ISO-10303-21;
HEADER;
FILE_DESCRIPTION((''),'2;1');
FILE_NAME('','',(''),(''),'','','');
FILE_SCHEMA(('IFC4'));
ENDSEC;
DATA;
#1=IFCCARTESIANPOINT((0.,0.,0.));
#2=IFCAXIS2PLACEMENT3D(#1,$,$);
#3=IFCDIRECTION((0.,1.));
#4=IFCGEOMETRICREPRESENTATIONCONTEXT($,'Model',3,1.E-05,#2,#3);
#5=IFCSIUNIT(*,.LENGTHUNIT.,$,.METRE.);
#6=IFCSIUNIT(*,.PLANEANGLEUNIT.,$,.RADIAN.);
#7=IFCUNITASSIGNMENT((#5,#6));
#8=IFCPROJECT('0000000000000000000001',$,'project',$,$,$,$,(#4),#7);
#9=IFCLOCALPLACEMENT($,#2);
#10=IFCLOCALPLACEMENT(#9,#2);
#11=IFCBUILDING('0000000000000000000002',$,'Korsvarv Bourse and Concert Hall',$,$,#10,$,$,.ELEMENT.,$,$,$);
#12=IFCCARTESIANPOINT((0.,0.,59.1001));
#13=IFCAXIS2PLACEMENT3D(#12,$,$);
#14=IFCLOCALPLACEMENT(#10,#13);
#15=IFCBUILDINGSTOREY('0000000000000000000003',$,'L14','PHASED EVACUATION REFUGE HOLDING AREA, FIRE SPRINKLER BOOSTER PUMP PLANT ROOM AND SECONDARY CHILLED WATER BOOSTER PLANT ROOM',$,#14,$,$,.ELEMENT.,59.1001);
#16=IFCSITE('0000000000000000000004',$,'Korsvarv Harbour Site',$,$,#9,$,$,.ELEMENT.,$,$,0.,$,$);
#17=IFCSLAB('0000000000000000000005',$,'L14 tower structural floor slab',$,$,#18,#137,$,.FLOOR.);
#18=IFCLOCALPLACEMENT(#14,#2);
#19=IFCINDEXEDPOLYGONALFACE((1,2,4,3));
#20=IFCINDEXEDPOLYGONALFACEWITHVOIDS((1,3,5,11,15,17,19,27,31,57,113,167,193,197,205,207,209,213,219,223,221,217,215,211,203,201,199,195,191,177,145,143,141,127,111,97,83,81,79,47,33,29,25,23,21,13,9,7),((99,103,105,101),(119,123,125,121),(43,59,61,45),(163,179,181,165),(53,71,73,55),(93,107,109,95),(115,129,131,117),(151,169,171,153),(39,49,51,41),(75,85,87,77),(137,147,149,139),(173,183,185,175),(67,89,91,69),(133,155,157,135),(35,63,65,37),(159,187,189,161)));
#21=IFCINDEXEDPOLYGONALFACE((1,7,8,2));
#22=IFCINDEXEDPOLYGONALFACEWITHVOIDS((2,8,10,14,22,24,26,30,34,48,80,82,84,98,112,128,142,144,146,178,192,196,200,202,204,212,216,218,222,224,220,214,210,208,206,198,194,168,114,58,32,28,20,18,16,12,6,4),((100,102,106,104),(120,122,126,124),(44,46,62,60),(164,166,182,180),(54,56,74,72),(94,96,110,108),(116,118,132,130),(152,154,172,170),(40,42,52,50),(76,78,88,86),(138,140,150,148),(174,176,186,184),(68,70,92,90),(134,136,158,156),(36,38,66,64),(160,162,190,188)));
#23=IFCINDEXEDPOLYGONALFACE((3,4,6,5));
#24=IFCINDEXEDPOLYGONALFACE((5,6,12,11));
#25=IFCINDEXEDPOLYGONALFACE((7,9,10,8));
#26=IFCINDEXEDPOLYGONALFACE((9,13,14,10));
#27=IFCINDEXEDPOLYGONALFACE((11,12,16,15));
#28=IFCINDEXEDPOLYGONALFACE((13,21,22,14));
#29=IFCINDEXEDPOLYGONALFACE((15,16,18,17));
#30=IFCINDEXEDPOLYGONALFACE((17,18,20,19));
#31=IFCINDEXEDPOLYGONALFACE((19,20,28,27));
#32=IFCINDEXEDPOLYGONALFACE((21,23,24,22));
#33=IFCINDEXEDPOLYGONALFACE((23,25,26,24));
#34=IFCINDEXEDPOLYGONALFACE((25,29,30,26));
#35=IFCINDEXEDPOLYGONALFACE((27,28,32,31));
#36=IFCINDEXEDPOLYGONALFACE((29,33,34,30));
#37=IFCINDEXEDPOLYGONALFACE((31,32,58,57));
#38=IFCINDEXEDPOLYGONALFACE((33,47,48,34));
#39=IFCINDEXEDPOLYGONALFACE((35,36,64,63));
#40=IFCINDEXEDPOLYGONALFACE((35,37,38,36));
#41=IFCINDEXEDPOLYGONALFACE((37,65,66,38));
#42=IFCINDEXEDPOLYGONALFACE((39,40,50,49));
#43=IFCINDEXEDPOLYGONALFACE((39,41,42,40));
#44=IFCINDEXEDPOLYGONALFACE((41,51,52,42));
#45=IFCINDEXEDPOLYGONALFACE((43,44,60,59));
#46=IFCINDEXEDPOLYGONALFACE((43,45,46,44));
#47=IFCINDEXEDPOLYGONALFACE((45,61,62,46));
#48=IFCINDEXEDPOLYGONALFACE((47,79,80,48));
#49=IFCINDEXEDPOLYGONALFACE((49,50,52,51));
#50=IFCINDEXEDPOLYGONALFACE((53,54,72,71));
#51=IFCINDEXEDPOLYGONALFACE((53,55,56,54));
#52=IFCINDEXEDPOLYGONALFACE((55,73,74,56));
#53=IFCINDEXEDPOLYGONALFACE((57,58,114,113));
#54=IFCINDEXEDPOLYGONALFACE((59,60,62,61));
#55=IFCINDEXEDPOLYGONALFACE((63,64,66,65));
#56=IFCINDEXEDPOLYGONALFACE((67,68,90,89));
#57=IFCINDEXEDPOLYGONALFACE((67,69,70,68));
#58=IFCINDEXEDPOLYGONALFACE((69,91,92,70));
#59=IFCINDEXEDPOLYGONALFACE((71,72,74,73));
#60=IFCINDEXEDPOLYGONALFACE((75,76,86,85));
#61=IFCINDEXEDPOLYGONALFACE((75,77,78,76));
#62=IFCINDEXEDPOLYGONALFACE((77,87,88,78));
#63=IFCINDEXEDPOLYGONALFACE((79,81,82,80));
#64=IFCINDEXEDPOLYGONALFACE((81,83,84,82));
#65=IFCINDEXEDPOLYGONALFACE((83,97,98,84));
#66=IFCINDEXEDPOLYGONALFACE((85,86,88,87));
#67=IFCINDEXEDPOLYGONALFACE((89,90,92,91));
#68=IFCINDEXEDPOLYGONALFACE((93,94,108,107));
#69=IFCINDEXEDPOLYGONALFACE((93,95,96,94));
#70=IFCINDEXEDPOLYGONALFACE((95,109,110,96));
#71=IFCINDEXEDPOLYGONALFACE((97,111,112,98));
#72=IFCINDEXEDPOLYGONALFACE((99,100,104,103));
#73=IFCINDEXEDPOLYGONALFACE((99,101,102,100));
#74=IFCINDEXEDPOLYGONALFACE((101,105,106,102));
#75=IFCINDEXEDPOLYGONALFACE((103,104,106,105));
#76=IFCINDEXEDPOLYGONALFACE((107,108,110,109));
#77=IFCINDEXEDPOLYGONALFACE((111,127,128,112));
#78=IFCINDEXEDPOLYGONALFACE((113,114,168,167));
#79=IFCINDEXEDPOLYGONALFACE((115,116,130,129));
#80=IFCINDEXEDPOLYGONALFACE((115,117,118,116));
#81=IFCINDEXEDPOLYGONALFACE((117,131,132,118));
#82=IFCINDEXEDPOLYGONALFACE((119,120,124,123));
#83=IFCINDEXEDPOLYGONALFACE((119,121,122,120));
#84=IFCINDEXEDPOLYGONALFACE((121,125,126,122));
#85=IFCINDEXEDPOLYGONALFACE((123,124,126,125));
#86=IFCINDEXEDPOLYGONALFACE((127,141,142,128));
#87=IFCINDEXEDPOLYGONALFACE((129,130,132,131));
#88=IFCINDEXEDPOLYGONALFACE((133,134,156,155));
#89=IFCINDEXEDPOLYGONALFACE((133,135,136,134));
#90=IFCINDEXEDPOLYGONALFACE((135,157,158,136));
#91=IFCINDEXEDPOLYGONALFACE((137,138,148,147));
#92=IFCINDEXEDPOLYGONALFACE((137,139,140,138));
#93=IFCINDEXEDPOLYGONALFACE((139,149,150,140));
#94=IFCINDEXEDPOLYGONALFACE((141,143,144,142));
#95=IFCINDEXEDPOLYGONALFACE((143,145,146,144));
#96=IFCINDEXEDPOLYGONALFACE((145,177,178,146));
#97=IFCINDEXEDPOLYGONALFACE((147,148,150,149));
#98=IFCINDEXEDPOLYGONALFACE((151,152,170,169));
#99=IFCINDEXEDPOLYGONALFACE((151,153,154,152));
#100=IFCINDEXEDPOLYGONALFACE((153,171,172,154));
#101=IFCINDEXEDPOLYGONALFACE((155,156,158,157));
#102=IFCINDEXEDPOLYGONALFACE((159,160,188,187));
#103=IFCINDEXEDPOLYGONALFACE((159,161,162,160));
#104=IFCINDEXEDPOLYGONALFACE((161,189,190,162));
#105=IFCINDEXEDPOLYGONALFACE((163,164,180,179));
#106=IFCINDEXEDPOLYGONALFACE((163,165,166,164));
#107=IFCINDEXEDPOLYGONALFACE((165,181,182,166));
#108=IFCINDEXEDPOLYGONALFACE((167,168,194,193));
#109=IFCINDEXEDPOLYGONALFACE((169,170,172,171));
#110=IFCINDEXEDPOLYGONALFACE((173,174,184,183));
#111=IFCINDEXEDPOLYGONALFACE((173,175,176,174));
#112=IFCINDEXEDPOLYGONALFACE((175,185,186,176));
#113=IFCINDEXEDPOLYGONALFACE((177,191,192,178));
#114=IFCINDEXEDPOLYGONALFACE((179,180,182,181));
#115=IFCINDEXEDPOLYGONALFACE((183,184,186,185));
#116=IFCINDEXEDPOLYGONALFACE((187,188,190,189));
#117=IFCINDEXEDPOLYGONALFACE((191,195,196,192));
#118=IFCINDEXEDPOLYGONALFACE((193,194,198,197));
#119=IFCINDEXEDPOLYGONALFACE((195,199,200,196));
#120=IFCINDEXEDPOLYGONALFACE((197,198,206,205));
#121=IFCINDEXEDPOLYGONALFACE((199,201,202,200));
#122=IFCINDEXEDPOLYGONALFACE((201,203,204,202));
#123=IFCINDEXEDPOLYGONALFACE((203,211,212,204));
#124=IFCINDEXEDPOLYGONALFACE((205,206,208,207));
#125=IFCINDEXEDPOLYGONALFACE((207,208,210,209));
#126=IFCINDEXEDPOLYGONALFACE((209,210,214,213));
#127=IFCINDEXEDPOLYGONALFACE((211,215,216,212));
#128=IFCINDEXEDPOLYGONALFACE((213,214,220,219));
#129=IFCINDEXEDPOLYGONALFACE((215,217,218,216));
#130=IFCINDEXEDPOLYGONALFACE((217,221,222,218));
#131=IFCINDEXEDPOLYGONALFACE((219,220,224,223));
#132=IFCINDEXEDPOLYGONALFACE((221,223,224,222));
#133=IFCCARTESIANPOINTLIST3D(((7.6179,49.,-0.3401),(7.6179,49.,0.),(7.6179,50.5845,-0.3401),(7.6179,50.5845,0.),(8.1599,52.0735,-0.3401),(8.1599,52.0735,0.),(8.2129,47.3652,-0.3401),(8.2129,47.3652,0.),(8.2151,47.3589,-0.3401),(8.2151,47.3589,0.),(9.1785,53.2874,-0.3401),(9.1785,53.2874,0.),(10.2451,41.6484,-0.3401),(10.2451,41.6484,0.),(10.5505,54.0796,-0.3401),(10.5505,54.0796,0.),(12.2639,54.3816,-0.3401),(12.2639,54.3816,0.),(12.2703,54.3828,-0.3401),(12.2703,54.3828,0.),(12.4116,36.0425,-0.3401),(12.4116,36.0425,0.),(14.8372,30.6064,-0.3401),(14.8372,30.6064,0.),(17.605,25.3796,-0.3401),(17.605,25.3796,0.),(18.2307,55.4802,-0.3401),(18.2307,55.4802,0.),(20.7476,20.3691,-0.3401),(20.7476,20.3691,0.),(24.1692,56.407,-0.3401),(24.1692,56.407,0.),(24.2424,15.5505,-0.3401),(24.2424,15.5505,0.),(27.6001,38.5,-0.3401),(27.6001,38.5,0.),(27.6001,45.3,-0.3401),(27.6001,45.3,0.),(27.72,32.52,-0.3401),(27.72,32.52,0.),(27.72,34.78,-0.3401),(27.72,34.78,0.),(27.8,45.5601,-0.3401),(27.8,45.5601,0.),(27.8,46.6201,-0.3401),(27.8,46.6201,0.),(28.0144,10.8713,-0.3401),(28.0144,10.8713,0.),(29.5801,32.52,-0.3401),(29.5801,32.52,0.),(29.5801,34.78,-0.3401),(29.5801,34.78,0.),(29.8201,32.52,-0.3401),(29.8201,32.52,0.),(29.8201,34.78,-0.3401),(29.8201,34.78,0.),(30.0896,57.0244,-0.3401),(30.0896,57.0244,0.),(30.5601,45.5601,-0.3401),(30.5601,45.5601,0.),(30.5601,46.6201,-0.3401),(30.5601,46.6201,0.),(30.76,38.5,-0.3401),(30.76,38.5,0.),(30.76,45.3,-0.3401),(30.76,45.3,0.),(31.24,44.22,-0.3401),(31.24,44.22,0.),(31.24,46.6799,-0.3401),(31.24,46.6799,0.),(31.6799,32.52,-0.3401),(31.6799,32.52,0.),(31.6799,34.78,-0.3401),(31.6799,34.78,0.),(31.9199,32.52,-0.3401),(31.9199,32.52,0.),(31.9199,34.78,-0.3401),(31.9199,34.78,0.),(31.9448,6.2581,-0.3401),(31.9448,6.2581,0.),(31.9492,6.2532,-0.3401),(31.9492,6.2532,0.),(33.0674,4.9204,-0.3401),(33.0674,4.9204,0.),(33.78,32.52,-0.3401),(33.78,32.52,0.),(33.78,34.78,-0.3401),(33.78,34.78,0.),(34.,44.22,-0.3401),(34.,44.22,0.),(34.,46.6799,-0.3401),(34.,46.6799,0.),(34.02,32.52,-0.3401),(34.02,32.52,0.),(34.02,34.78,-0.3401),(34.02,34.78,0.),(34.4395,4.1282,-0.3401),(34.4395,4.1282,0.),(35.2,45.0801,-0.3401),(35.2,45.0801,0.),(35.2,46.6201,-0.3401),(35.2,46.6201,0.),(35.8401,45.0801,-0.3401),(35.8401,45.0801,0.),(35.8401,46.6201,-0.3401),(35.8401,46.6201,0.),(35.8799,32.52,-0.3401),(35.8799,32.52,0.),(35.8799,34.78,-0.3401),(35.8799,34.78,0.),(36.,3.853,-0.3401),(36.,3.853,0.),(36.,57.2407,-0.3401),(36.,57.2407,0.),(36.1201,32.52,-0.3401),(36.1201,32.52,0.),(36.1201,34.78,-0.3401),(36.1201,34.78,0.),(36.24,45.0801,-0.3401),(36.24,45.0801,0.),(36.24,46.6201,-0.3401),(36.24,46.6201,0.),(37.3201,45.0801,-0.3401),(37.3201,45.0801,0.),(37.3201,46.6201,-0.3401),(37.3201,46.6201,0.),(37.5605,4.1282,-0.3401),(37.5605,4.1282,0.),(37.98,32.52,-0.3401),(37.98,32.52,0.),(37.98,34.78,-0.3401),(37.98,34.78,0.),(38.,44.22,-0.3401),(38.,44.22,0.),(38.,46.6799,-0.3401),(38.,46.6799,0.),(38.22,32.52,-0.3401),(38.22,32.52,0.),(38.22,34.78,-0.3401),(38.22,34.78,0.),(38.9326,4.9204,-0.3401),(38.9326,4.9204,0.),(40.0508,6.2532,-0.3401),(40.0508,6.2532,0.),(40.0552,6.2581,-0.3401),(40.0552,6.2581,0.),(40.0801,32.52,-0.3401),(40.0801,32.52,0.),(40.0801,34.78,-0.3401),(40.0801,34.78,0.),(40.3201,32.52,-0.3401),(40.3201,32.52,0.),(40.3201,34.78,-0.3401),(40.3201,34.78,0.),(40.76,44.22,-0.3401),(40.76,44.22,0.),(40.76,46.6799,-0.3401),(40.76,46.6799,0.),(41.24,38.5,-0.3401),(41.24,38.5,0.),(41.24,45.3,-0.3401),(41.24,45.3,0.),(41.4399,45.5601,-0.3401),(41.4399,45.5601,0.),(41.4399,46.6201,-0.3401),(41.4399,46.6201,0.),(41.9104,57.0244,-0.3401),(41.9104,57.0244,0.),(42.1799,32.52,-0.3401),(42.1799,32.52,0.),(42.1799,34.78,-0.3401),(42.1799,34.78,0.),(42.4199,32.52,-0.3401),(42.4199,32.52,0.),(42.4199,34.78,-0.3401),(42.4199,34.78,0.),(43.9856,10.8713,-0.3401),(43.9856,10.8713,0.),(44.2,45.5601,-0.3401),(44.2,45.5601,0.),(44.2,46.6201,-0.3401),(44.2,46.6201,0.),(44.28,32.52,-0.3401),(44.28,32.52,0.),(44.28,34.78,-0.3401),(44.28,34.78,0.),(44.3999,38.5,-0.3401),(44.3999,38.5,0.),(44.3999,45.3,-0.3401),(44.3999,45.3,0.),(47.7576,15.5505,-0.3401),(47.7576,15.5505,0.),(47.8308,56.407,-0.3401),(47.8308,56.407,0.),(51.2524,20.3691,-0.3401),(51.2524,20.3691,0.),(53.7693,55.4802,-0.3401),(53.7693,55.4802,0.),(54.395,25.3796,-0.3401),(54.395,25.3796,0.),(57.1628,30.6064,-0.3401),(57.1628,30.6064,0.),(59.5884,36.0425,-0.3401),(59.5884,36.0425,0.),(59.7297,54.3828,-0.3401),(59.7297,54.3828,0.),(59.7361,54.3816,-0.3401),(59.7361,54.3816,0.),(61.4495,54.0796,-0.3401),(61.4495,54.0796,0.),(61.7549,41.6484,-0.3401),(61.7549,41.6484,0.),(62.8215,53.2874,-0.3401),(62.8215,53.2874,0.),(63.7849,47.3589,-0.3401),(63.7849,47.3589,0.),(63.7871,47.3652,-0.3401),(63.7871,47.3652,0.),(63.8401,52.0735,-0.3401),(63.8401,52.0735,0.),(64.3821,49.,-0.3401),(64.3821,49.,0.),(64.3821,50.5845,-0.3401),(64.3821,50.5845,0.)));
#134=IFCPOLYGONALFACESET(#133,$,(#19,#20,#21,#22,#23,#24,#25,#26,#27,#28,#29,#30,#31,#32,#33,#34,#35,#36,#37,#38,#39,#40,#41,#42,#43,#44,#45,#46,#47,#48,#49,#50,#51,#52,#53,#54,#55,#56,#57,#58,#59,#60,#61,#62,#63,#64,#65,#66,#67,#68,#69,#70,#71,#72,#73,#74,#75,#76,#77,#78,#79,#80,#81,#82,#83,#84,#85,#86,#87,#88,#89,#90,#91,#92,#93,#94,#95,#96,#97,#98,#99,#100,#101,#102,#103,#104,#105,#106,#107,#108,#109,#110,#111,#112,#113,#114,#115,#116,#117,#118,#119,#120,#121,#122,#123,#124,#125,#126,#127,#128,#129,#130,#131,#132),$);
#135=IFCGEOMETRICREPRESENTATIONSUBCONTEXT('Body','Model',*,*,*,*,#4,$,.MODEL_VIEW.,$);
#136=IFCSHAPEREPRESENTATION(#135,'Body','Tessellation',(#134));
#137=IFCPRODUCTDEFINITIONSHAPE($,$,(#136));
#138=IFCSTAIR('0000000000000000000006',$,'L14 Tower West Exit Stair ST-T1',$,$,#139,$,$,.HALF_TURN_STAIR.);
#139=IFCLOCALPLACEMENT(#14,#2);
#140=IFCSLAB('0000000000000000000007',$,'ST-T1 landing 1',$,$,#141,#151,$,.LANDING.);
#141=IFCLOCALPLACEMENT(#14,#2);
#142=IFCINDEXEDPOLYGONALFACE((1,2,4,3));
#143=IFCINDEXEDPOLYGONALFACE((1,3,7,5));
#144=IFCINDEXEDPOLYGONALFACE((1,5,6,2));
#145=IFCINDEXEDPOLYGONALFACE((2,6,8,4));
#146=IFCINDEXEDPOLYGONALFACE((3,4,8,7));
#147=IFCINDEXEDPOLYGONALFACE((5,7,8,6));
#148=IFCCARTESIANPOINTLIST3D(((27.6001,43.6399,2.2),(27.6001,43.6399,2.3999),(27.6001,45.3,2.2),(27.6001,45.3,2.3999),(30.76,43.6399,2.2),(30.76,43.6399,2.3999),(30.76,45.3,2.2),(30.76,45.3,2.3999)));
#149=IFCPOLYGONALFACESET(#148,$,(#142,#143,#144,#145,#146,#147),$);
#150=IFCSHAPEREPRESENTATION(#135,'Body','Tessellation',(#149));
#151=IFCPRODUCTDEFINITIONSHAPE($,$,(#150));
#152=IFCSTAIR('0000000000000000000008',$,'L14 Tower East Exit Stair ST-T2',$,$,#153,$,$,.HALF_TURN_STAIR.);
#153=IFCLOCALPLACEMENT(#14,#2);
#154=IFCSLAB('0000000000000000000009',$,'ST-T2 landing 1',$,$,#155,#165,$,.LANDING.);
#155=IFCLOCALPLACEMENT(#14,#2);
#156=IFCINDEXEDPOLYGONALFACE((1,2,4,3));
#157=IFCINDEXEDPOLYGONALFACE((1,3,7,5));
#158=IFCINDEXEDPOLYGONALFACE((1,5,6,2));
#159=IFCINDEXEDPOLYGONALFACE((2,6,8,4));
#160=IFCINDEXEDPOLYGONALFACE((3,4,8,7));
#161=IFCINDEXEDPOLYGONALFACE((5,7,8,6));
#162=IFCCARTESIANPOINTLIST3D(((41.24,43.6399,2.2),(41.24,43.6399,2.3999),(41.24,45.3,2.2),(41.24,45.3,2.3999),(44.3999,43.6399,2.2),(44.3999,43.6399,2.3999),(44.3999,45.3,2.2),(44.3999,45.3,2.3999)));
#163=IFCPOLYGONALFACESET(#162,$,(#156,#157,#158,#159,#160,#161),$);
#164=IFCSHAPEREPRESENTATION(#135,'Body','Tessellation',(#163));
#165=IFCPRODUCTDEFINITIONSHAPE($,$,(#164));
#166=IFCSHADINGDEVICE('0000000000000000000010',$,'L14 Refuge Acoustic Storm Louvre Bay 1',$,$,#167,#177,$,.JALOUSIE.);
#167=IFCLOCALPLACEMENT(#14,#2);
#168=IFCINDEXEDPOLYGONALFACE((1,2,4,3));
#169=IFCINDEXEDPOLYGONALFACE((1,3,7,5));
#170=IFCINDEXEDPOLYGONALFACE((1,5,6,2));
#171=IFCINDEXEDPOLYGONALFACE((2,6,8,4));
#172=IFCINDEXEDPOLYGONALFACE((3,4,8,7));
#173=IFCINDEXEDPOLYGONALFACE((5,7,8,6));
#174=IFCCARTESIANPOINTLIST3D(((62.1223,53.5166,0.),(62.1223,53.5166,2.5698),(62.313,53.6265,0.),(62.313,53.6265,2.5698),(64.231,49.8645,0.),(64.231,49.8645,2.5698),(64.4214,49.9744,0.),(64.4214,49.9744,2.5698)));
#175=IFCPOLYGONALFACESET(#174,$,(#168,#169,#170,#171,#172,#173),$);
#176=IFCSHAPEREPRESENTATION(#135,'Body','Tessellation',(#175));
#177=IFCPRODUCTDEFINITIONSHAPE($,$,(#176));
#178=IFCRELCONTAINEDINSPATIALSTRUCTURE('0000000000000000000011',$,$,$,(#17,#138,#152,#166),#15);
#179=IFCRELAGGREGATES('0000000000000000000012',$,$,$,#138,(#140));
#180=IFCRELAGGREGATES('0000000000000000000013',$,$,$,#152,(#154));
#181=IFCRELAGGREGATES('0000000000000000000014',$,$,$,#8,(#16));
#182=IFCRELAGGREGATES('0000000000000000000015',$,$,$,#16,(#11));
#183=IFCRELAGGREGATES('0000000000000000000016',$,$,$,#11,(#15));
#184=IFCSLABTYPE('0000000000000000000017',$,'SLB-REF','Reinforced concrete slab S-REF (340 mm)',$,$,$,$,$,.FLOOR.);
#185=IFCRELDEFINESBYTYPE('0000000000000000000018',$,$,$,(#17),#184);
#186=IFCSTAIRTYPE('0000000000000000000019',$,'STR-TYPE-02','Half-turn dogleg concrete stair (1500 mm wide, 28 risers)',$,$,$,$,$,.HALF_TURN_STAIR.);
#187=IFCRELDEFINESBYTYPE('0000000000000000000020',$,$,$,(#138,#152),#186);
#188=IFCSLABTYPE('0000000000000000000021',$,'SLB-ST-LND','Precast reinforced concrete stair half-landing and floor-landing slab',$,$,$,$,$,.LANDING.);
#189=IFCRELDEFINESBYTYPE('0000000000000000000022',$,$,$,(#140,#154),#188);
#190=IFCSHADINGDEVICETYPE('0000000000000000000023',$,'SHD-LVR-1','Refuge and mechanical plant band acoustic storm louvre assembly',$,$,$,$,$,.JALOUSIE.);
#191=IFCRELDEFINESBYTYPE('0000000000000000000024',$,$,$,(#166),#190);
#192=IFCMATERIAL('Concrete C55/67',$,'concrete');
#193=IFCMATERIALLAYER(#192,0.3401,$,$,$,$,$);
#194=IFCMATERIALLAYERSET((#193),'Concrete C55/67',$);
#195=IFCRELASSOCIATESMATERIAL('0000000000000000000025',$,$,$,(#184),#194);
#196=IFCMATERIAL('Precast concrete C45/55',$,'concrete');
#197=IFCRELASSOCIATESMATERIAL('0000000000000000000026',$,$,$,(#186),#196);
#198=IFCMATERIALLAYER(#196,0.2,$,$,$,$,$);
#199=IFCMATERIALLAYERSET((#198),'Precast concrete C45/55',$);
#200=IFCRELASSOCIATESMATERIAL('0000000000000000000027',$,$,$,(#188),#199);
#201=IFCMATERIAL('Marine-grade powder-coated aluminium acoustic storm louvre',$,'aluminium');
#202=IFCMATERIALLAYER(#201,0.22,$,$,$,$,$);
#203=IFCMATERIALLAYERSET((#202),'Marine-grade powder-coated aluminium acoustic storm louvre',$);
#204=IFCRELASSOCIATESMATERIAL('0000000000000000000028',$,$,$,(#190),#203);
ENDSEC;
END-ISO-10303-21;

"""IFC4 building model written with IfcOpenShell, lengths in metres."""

from ifc_helpers import new_model, si_unit, direction, frame, origin, place, context, subcontext, project, spatial, polyline, outline, extrude, material, layer, layer_set, type_object, element, aggregate, save


model = new_model("IFC4")

# Units and contexts
model_context = context("Model", 3, precision=1e-05, world=origin(), true_north=direction((0.0, 1.0)))
body_context = subcontext(model_context, "Body", "Model", "MODEL_VIEW")
ifc_project = project(units=[si_unit("LENGTHUNIT", "METRE"), si_unit("PLANEANGLEUNIT", "RADIAN")], contexts=[model_context])

# Site, building, storey
site_placement = place(None, origin())
site = spatial("IfcSite", under=ifc_project, at=site_placement, Name="Korsvarv Harbour Site", CompositionType="ELEMENT", RefElevation=0.0)
building_placement = place(site_placement, origin())
building = spatial("IfcBuilding", under=site, at=building_placement, Name="Korsvarv Bourse and Concert Hall", CompositionType="ELEMENT")
storey_placement = place(building_placement, frame((0.0, 0.0, 59.1001)))
storey = spatial("IfcBuildingStorey", under=building, at=storey_placement, Name="L14", Description="PHASED EVACUATION REFUGE HOLDING AREA, FIRE SPRINKLER BOOSTER PUMP PLANT ROOM AND SECONDARY CHILLED WATER BOOSTER PLANT ROOM", CompositionType="ELEMENT", Elevation=59.1001)

# Slab
ifc_material_1 = material(Name="Precast concrete C45/55", Category="concrete")
ifc_material_2 = material(Name="Concrete C55/67", Category="concrete")
ifc_layer_1 = layer(ifc_material_2, 0.3401)
ifc_layer_set_1 = layer_set([ifc_layer_1], Name="Concrete C55/67")
slab_type_1 = type_object("IfcSlabType", Name="SLB-REF", Description="Reinforced concrete slab S-REF (340 mm)", PredefinedType="FLOOR", material=ifc_layer_set_1)
slab_1_placement = place(storey_placement, frame((0.0, 0.0, -0.3401)))
element("IfcSlab", 1, at=slab_1_placement, inside=storey, type_object=slab_type_1, Name="L14 tower structural floor slab", PredefinedType="FLOOR", context=body_context, shape_type="SweptSolid", body=[
    extrude(outline(polyline([(63.7849, 47.3589), (61.7549, 41.6484), (59.5884, 36.0425), (57.1628, 30.6064), (54.395, 25.3796), (51.2524, 20.3691), (47.7576, 15.5505), (43.9856, 10.8713), (40.0552, 6.2581), (40.0508, 6.2532), (38.9326, 4.9204), (37.5605, 4.1282), (36.0, 3.853), (34.4395, 4.1282), (33.0674, 4.9204), (31.9492, 6.2532), (31.9448, 6.2581), (28.0144, 10.8713), (24.2424, 15.5505), (20.7476, 20.3691), (17.605, 25.3796), (14.8372, 30.6064), (12.4116, 36.0425), (10.2451, 41.6484), (8.2151, 47.3589), (8.2129, 47.3652), (7.6179, 49.0), (7.6179, 50.5845), (8.1599, 52.0735), (9.1785, 53.2874), (10.5505, 54.0796), (12.2639, 54.3816), (12.2703, 54.3828), (18.2307, 55.4802), (24.1692, 56.407), (30.0896, 57.0244), (36.0, 57.2407), (41.9104, 57.0244), (47.8308, 56.407), (53.7693, 55.4802), (59.7297, 54.3828), (59.7361, 54.3816), (61.4495, 54.0796), (62.8215, 53.2874), (63.8401, 52.0735), (64.3821, 50.5845), (64.3821, 49.0), (63.7871, 47.3652), (63.7849, 47.3589)]), holes=[polyline([(30.76, 38.5), (30.76, 45.3), (27.6001, 45.3), (27.6001, 38.5), (30.76, 38.5)]), polyline([(44.3999, 38.5), (44.3999, 45.3), (41.24, 45.3), (41.24, 38.5), (44.3999, 38.5)]), polyline([(31.24, 44.22), (34.0, 44.22), (34.0, 46.6799), (31.24, 46.6799), (31.24, 44.22)]), polyline([(38.0, 44.22), (40.76, 44.22), (40.76, 46.6799), (38.0, 46.6799), (38.0, 44.22)]), polyline([(27.72, 32.52), (29.5801, 32.52), (29.5801, 34.78), (27.72, 34.78), (27.72, 32.52)]), polyline([(29.8201, 32.52), (31.6799, 32.52), (31.6799, 34.78), (29.8201, 34.78), (29.8201, 32.52)]), polyline([(31.9199, 32.52), (33.78, 32.52), (33.78, 34.78), (31.9199, 34.78), (31.9199, 32.52)]), polyline([(34.02, 32.52), (35.8799, 32.52), (35.8799, 34.78), (34.02, 34.78), (34.02, 32.52)]), polyline([(36.1201, 32.52), (37.98, 32.52), (37.98, 34.78), (36.1201, 34.78), (36.1201, 32.52)]), polyline([(38.22, 32.52), (40.0801, 32.52), (40.0801, 34.78), (38.22, 34.78), (38.22, 32.52)]), polyline([(40.3201, 32.52), (42.1799, 32.52), (42.1799, 34.78), (40.3201, 34.78), (40.3201, 32.52)]), polyline([(42.4199, 32.52), (44.28, 32.52), (44.28, 34.78), (42.4199, 34.78), (42.4199, 32.52)]), polyline([(27.8, 45.5601), (30.5601, 45.5601), (30.5601, 46.6201), (27.8, 46.6201), (27.8, 45.5601)]), polyline([(41.4399, 45.5601), (44.2, 45.5601), (44.2, 46.6201), (41.4399, 46.6201), (41.4399, 45.5601)]), polyline([(35.2, 45.0801), (35.8401, 45.0801), (35.8401, 46.6201), (35.2, 46.6201), (35.2, 45.0801)]), polyline([(36.24, 45.0801), (37.3201, 45.0801), (37.3201, 46.6201), (36.24, 46.6201), (36.24, 45.0801)])]), origin(), (0.0, 0.0, 1.0), 0.3401),
])

# Stairs, slabs
stair_type = type_object("IfcStairType", Name="STR-TYPE-02", Description="Half-turn dogleg concrete stair (1500 mm wide, 28 risers)", PredefinedType="HALF_TURN_STAIR", material=ifc_material_1)
stair_1_placement = place(storey_placement, origin())
stair_1 = element("IfcStair", 2, at=stair_1_placement, inside=storey, type_object=stair_type, Name="L14 Tower West Exit Stair ST-T1", PredefinedType="HALF_TURN_STAIR")
ifc_layer_2 = layer(ifc_material_1, 0.2)
ifc_layer_set_2 = layer_set([ifc_layer_2], Name="Precast concrete C45/55")
slab_type_2 = type_object("IfcSlabType", Name="SLB-ST-LND", Description="Precast reinforced concrete stair half-landing and floor-landing slab", PredefinedType="LANDING", material=ifc_layer_set_2)
slab_2_placement = place(storey_placement, frame((0.0, 0.0, 2.2)))
slab_2 = element("IfcSlab", 3, at=slab_2_placement, type_object=slab_type_2, Name="ST-T1 landing 1", PredefinedType="LANDING", context=body_context, shape_type="SweptSolid", body=[
    extrude(outline(polyline([(30.76, 43.6399), (30.76, 45.3), (27.6001, 45.3), (27.6001, 43.6399), (30.76, 43.6399)])), origin(), (0.0, 0.0, 1.0), 0.2),
])
aggregate(stair_1, [slab_2])
stair_2_placement = place(storey_placement, origin())
stair_2 = element("IfcStair", 4, at=stair_2_placement, inside=storey, type_object=stair_type, Name="L14 Tower East Exit Stair ST-T2", PredefinedType="HALF_TURN_STAIR")
slab_3_placement = place(storey_placement, frame((0.0, 0.0, 2.2)))
slab_3 = element("IfcSlab", 5, at=slab_3_placement, type_object=slab_type_2, Name="ST-T2 landing 1", PredefinedType="LANDING", context=body_context, shape_type="SweptSolid", body=[
    extrude(outline(polyline([(44.3999, 43.6399), (44.3999, 45.3), (41.24, 45.3), (41.24, 43.6399), (44.3999, 43.6399)])), origin(), (0.0, 0.0, 1.0), 0.2),
])
aggregate(stair_2, [slab_3])

# Shading device
ifc_material_3 = material(Name="Marine-grade powder-coated aluminium acoustic storm louvre", Category="aluminium")
ifc_layer_3 = layer(ifc_material_3, 0.22)
ifc_layer_set_3 = layer_set([ifc_layer_3], Name="Marine-grade powder-coated aluminium acoustic storm louvre")
shading_device_type = type_object("IfcShadingDeviceType", Name="SHD-LVR-1", Description="Refuge and mechanical plant band acoustic storm louvre assembly", PredefinedType="JALOUSIE", material=ifc_layer_set_3)
shading_device_1_placement = place(storey_placement, origin())
element("IfcShadingDevice", 6, at=shading_device_1_placement, inside=storey, type_object=shading_device_type, Name="L14 Refuge Acoustic Storm Louvre Bay 1", PredefinedType="JALOUSIE", context=body_context, shape_type="SweptSolid", body=[
    extrude(outline(polyline([(64.231, 49.8645), (62.1223, 53.5166), (62.313, 53.6265), (64.4214, 49.9744), (64.231, 49.8645)])), origin(), (0.0, 0.0, 1.0), 2.5698),
])

save(model, "model.ifc")
